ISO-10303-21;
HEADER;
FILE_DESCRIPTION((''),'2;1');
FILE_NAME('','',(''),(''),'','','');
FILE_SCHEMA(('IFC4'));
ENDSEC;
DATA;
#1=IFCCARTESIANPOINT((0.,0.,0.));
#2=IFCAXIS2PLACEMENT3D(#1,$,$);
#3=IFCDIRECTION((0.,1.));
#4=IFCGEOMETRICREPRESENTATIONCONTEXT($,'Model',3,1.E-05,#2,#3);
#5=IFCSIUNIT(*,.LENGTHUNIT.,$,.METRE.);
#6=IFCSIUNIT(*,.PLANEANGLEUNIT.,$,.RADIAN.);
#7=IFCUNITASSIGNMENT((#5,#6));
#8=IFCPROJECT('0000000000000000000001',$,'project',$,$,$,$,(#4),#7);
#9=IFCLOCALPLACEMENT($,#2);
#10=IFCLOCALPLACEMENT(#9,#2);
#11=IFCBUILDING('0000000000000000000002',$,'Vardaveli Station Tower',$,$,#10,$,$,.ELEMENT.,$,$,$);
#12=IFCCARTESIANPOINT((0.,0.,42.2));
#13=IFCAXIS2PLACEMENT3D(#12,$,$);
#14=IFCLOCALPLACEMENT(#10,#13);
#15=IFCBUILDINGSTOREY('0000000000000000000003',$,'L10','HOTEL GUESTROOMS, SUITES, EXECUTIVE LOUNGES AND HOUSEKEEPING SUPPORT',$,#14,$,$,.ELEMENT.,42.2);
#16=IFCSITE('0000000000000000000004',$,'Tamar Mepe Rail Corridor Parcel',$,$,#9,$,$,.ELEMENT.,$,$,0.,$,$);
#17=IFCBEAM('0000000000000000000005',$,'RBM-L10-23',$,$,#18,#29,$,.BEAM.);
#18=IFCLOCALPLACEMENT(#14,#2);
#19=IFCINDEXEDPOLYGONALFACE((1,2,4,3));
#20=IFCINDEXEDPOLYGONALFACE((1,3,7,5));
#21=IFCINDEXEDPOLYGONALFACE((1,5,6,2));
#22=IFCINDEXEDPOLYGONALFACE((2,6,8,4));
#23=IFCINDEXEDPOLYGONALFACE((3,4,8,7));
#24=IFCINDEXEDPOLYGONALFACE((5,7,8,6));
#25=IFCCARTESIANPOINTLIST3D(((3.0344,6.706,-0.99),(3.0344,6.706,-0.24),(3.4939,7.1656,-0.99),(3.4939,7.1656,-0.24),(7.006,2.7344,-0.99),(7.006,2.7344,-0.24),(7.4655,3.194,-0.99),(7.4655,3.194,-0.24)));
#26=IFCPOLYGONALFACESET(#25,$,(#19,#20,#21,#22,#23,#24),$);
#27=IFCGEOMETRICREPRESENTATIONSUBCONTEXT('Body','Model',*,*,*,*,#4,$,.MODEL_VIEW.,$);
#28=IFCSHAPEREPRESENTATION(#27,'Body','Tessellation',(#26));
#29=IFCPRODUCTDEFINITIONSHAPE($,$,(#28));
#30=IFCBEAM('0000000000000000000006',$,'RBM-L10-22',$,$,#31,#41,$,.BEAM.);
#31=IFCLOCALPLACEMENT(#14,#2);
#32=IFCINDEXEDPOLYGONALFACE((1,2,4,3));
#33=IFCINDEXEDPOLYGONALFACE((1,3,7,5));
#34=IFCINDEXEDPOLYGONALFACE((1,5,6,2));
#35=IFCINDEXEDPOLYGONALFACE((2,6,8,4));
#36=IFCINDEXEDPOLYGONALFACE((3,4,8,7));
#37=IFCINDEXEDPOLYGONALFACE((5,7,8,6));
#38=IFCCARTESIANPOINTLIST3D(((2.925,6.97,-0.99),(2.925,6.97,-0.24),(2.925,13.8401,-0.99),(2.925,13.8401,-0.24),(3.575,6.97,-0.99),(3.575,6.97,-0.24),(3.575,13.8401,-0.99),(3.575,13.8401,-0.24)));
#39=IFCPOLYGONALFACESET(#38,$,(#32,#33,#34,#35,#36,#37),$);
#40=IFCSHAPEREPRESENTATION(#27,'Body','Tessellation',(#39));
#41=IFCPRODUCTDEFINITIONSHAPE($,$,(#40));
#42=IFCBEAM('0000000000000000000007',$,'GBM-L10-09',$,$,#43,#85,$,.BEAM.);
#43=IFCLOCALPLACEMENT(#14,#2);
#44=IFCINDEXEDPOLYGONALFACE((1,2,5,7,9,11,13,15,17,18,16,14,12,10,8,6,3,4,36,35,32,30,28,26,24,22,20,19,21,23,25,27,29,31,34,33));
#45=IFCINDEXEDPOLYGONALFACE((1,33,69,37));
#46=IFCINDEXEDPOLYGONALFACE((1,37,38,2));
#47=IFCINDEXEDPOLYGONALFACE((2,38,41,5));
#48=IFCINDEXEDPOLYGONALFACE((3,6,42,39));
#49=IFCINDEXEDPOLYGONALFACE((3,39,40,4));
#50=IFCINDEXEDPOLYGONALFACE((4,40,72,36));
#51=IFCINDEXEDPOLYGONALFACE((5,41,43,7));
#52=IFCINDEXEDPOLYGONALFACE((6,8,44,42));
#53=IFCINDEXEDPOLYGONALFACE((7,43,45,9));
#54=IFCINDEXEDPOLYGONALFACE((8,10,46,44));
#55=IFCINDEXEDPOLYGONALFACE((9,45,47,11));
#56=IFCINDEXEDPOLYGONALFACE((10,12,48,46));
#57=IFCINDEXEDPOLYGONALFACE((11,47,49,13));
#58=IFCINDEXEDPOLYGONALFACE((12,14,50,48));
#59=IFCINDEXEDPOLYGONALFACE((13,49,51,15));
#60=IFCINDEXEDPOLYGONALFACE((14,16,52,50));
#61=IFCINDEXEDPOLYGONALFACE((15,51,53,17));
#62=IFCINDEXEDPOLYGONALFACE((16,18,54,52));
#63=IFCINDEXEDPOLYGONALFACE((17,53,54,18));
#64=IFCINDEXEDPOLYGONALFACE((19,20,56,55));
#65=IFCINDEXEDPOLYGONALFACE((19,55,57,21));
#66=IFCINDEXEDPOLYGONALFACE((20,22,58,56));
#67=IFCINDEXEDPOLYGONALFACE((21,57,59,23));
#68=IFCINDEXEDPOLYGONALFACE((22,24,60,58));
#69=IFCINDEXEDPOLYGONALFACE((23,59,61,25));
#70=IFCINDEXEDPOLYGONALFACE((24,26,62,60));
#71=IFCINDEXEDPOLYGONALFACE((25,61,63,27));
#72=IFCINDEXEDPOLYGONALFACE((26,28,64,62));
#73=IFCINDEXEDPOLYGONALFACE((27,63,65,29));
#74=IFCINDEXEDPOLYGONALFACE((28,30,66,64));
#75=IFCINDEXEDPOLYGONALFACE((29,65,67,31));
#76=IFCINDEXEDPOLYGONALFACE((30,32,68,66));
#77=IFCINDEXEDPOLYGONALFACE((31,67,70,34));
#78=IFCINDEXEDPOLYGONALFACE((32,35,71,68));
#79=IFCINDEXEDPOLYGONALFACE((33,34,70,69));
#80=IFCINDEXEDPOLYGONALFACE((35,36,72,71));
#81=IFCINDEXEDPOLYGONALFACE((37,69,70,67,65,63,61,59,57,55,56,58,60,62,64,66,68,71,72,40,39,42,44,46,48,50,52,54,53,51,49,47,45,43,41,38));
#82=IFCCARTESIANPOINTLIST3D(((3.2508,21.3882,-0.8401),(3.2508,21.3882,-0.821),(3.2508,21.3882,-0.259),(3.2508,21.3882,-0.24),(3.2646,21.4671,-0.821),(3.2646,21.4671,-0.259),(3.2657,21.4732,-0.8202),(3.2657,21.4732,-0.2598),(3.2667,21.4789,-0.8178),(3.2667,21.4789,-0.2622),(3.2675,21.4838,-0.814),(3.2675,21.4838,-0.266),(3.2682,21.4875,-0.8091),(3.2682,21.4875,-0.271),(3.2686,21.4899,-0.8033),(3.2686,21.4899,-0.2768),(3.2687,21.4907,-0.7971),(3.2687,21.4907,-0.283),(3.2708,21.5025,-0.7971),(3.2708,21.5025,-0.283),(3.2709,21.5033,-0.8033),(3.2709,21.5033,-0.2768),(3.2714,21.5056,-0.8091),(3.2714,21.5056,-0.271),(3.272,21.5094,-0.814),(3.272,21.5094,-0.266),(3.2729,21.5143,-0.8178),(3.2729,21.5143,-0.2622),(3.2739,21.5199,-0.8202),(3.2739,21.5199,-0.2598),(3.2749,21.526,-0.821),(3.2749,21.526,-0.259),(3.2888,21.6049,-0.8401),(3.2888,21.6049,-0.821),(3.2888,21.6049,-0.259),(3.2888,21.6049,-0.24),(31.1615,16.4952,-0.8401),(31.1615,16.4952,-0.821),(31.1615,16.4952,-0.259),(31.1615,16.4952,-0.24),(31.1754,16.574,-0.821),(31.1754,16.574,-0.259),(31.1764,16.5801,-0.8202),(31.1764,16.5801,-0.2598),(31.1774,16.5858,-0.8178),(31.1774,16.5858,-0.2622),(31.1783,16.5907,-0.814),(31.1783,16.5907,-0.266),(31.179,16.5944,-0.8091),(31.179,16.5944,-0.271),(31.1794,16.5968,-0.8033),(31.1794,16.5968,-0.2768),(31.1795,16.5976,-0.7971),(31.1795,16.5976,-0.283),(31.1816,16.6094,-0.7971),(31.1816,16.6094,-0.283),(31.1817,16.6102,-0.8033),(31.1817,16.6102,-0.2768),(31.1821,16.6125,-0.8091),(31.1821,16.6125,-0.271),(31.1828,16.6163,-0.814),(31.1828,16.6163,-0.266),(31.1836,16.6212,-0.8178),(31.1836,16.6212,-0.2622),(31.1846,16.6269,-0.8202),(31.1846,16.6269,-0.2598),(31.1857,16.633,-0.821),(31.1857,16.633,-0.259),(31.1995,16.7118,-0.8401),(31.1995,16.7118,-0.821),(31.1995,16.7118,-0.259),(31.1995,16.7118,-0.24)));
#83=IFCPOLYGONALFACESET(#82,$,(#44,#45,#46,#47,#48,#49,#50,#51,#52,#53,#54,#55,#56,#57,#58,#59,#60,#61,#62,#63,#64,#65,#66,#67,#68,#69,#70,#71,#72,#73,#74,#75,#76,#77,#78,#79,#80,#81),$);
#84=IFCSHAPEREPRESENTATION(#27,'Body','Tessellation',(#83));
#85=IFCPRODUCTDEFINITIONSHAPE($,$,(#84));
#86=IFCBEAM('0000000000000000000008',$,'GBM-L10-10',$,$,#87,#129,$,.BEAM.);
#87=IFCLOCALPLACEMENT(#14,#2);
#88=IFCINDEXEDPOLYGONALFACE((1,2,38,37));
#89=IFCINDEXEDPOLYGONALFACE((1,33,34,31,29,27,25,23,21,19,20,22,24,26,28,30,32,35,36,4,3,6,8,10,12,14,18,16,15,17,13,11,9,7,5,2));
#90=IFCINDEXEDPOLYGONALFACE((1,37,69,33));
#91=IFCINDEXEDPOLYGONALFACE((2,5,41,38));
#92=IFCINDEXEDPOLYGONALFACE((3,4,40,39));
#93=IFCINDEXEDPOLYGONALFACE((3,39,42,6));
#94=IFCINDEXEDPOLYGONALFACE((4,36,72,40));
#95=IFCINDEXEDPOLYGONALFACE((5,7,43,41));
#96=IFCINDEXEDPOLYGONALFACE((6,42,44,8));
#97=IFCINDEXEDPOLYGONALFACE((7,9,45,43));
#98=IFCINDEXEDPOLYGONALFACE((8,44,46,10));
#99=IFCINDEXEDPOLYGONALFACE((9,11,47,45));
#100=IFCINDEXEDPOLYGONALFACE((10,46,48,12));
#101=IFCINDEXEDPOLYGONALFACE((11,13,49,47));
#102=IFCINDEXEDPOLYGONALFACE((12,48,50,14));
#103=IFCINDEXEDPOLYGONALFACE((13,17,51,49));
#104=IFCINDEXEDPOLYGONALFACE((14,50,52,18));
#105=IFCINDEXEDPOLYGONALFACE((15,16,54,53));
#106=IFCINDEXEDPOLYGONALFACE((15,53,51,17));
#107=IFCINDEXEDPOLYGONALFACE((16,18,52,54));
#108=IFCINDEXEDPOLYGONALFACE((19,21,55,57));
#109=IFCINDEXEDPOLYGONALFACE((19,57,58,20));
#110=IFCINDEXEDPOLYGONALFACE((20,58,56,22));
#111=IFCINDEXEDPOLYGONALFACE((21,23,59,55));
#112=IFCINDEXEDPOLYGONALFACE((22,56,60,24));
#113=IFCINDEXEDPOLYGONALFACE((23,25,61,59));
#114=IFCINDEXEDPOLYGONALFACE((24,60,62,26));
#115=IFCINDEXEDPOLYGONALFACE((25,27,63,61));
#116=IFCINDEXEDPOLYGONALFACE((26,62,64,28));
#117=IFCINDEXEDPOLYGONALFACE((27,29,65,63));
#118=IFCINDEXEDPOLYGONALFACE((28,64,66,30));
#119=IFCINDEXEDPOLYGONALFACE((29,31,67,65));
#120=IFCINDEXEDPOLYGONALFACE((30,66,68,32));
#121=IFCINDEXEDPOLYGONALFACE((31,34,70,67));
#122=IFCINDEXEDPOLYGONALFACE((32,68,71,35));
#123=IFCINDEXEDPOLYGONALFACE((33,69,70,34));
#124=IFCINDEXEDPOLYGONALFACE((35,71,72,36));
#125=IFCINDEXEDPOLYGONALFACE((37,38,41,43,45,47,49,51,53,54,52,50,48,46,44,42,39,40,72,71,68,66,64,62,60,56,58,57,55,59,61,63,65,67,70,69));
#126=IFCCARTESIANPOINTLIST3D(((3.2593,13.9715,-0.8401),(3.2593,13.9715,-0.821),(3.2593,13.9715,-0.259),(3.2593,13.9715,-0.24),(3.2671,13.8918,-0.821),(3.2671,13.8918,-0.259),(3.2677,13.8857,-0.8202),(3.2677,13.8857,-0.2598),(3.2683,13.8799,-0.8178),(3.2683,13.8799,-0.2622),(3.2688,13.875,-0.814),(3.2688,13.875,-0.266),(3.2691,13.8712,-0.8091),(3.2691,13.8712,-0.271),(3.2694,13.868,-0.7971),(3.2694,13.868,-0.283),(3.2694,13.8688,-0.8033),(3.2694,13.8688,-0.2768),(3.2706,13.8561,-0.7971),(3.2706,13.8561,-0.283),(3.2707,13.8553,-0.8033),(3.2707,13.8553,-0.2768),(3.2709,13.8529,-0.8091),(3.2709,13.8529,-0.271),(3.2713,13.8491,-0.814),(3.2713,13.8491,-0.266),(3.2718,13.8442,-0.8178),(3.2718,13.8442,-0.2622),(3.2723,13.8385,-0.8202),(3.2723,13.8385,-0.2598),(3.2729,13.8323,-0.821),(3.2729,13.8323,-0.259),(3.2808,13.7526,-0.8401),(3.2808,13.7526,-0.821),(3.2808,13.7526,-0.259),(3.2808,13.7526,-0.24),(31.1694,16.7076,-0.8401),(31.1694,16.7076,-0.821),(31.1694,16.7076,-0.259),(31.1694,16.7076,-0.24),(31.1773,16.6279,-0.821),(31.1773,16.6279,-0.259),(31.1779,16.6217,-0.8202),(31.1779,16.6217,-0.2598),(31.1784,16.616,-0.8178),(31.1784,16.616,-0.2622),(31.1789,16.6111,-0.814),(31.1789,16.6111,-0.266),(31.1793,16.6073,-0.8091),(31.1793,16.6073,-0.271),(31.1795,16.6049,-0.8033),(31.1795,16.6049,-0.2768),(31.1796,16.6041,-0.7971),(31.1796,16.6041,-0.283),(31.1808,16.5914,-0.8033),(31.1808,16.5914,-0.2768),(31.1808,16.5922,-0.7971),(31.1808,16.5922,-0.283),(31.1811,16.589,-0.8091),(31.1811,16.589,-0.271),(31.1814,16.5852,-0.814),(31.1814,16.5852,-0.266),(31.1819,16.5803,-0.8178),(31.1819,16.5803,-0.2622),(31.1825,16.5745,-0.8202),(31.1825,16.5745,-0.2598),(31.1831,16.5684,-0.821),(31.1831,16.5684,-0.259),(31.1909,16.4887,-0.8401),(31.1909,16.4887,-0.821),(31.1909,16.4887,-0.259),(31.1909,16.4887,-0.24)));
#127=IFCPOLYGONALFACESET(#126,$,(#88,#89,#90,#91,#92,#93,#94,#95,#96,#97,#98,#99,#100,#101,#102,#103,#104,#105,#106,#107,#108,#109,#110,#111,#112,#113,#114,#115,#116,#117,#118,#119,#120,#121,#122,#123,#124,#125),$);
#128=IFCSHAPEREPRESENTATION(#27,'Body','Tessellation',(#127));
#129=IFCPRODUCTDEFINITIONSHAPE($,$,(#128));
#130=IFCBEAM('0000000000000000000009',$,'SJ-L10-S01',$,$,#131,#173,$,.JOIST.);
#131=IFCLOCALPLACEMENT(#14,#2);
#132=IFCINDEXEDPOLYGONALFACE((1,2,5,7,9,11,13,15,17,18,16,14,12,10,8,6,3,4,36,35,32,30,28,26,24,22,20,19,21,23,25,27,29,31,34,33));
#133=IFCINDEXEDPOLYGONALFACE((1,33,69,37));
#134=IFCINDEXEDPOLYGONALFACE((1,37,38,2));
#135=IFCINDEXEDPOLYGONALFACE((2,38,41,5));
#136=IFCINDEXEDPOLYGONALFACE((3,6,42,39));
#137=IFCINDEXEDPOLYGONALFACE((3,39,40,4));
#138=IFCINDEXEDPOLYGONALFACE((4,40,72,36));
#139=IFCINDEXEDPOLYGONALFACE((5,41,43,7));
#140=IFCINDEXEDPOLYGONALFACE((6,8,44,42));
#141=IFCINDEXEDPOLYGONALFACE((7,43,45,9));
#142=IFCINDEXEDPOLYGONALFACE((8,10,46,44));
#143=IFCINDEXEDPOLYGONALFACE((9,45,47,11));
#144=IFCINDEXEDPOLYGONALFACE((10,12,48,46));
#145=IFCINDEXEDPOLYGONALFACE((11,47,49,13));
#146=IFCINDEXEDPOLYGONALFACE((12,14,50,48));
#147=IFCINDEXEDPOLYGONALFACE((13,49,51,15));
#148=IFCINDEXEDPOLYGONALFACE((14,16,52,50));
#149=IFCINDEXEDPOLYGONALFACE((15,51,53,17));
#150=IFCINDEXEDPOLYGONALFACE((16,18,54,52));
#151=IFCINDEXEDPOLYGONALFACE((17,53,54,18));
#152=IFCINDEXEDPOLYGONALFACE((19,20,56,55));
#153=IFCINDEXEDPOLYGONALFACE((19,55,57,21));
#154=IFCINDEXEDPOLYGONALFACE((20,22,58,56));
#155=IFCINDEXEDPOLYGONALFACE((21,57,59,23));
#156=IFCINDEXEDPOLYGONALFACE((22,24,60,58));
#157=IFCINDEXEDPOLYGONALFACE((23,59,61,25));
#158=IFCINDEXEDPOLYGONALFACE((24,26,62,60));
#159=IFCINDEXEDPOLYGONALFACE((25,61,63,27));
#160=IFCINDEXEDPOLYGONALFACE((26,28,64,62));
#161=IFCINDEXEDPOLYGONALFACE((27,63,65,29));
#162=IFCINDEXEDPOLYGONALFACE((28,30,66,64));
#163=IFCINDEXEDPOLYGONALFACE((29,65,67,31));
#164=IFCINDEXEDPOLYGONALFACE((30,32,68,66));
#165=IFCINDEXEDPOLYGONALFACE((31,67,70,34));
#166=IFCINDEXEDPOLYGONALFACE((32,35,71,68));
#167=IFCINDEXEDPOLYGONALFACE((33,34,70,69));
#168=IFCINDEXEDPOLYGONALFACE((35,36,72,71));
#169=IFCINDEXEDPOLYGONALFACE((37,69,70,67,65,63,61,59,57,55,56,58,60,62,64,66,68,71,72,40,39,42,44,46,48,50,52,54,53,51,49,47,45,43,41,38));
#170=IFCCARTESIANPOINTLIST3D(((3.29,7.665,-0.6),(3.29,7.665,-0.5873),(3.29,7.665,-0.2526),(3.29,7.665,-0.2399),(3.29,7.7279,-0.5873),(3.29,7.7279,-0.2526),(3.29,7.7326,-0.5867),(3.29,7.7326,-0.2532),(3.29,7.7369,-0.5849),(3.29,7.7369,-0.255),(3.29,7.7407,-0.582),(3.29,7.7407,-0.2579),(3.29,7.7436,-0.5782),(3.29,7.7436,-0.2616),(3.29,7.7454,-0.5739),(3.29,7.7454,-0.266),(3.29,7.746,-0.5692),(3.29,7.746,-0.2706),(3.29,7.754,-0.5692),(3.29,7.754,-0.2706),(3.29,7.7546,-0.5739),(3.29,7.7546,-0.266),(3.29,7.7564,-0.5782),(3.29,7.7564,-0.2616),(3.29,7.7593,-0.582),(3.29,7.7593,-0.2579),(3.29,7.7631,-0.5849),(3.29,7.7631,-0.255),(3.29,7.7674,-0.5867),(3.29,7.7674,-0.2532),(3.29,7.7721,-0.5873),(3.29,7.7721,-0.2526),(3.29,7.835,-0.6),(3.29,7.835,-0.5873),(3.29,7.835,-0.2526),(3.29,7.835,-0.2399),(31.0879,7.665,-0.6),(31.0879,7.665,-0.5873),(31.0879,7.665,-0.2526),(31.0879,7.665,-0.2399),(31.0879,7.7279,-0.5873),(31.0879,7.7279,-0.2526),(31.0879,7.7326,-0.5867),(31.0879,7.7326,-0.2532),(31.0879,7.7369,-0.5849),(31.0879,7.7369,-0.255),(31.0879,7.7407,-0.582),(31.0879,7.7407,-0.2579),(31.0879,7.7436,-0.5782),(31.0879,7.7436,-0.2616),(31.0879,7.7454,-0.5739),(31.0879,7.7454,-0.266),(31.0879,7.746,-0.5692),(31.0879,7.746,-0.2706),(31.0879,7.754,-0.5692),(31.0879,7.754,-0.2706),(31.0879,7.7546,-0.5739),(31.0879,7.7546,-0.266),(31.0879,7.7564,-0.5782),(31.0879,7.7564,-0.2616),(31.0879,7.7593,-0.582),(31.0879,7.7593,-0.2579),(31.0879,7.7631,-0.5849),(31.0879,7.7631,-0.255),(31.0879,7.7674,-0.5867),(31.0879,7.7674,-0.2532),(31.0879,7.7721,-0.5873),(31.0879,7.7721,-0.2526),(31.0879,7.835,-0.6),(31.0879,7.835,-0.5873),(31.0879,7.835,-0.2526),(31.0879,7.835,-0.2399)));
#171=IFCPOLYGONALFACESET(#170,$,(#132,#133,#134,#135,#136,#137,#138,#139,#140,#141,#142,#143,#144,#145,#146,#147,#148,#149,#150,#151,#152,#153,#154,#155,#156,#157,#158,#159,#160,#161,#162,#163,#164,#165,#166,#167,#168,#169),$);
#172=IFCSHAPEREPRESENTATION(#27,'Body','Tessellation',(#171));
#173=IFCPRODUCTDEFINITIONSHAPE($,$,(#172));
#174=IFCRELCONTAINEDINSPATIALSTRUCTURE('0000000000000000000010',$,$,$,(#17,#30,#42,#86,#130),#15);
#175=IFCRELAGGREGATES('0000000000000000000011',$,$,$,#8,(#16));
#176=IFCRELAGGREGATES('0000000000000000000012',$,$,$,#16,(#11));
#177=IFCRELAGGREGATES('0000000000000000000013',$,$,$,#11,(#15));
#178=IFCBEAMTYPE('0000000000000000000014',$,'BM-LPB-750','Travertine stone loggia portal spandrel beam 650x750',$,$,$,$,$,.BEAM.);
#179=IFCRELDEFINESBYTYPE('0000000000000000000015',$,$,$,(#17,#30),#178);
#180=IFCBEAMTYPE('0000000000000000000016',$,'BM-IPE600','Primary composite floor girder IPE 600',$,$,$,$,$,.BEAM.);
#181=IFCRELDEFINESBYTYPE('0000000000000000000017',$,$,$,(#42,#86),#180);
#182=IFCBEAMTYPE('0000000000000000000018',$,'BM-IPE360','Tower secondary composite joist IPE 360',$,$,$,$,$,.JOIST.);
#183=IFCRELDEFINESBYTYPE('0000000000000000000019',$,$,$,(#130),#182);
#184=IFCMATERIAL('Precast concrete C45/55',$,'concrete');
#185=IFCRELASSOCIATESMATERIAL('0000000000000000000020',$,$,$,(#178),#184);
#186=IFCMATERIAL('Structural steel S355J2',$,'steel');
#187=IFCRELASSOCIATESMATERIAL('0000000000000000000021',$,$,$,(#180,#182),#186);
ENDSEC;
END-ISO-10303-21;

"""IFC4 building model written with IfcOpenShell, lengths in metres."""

from ifc_helpers import new_model, si_unit, direction, frame, origin, origin_2d, place, context, subcontext, project, spatial, rectangle, i_section, extrude, source, transform, mapped, material, material_profile, profile_set, type_object, element, save


model = new_model("IFC4")

# Units and contexts
model_context = context("Model", 3, precision=1e-05, world=origin(), true_north=direction((0.0, 1.0)))
body_context = subcontext(model_context, "Body", "Model", "MODEL_VIEW")
ifc_project = project(units=[si_unit("LENGTHUNIT", "METRE"), si_unit("PLANEANGLEUNIT", "RADIAN")], contexts=[model_context])

# Site, building, storey
site_placement = place(None, origin())
site = spatial("IfcSite", under=ifc_project, at=site_placement, Name="Tamar Mepe Rail Corridor Parcel", CompositionType="ELEMENT", RefElevation=0.0)
building_placement = place(site_placement, origin())
building = spatial("IfcBuilding", under=site, at=building_placement, Name="Vardaveli Station Tower", CompositionType="ELEMENT")
storey_placement = place(building_placement, frame((0.0, 0.0, 42.2)))
storey = spatial("IfcBuildingStorey", under=building, at=storey_placement, Name="L10", Description="HOTEL GUESTROOMS, SUITES, EXECUTIVE LOUNGES AND HOUSEKEEPING SUPPORT", CompositionType="ELEMENT", Elevation=42.2)

# Beams
ifc_material_1 = material(Name="Precast concrete C45/55", Category="concrete")
ifc_material_profile_1 = material_profile(ifc_material_1, rectangle(XDim=0.6499, YDim=0.75, at=origin_2d()), Name="LPB 650x750")
ifc_profile_set_1 = profile_set([ifc_material_profile_1], Name="Precast concrete C45/55")
beam_type_1 = type_object("IfcBeamType", Name="BM-LPB-750", Description="Travertine stone loggia portal spandrel beam 650x750", PredefinedType="BEAM", material=ifc_profile_set_1)
shared_shape_1 = source(origin(), body_context, "Body", "SweptSolid", [
    extrude(rectangle(XDim=0.6499, YDim=0.75, at=origin_2d()), origin(), (0.0, 0.0, 1.0), 5.6167),
])
beam_1_placement = place(storey_placement, frame((3.2642, 6.9358, -0.615), z_axis=(0.707107, -0.707107, 0.0), x_axis=(0.707107, 0.707107, 0.0)))
element("IfcBeam", 1, at=beam_1_placement, inside=storey, type_object=beam_type_1, Name="RBM-L10-23", PredefinedType="BEAM", context=body_context, shape_type="MappedRepresentation", body=[
    mapped(shared_shape_1, transform((0.0, 0.0, 0.0), scale=1.0)),
])
shared_shape_2 = source(origin(), body_context, "Body", "SweptSolid", [
    extrude(rectangle(XDim=0.6499, YDim=0.75, at=origin_2d()), origin(), (0.0, 0.0, 1.0), 6.8701),
])
beam_2_placement = place(storey_placement, frame((3.25, 13.8401, -0.615), z_axis=(0.0, -1.0, 0.0), x_axis=(1.0, 0.0, 0.0)))
element("IfcBeam", 2, at=beam_2_placement, inside=storey, type_object=beam_type_1, Name="RBM-L10-22", PredefinedType="BEAM", context=body_context, shape_type="MappedRepresentation", body=[
    mapped(shared_shape_2, transform((0.0, 0.0, 0.0), scale=1.0)),
])
ifc_material_2 = material(Name="Structural steel S355J2", Category="steel")
ifc_material_profile_2 = material_profile(ifc_material_2, i_section(OverallWidth=0.22, OverallDepth=0.6001, WebThickness=0.012, FlangeThickness=0.019, FilletRadius=0.0239, at=origin_2d()), Name="IPE 600")
ifc_profile_set_2 = profile_set([ifc_material_profile_2], Name="Structural steel S355J2")
beam_type_2 = type_object("IfcBeamType", Name="BM-IPE600", Description="Primary composite floor girder IPE 600", PredefinedType="BEAM", material=ifc_profile_set_2)
shared_shape_3 = source(origin(), body_context, "Body", "SweptSolid", [
    extrude(i_section(OverallWidth=0.22, OverallDepth=0.6001, WebThickness=0.012, FlangeThickness=0.019, FilletRadius=0.0239, at=origin_2d()), origin(), (0.0, 0.0, 1.0), 28.3364),
])
beam_3_placement = place(storey_placement, frame((3.2698, 21.4966, -0.54), z_axis=(0.984978, -0.172678, 0.0), x_axis=(0.172678, 0.984978, 0.0)))
element("IfcBeam", 3, at=beam_3_placement, inside=storey, type_object=beam_type_2, Name="GBM-L10-09", PredefinedType="BEAM", context=body_context, shape_type="MappedRepresentation", body=[
    mapped(shared_shape_3, transform((0.0, 0.0, 0.0), scale=1.0)),
])
shared_shape_4 = source(origin(), body_context, "Body", "SweptSolid", [
    extrude(i_section(OverallWidth=0.22, OverallDepth=0.6001, WebThickness=0.012, FlangeThickness=0.019, FilletRadius=0.0239, at=origin_2d()), origin(), (0.0, 0.0, 1.0), 28.0439),
])
beam_4_placement = place(storey_placement, frame((3.27, 13.8621, -0.54), z_axis=(0.995229, 0.097564, 0.0), x_axis=(-0.097564, 0.995229, 0.0)))
element("IfcBeam", 4, at=beam_4_placement, inside=storey, type_object=beam_type_2, Name="GBM-L10-10", PredefinedType="BEAM", context=body_context, shape_type="MappedRepresentation", body=[
    mapped(shared_shape_4, transform((0.0, 0.0, 0.0), scale=1.0)),
])
ifc_material_profile_3 = material_profile(ifc_material_2, i_section(OverallWidth=0.1699, OverallDepth=0.3601, WebThickness=0.0081, FlangeThickness=0.0127, FilletRadius=0.0181, at=origin_2d()), Name="IPE 360")
ifc_profile_set_3 = profile_set([ifc_material_profile_3], Name="Structural steel S355J2")
beam_type_3 = type_object("IfcBeamType", Name="BM-IPE360", Description="Tower secondary composite joist IPE 360", PredefinedType="JOIST", material=ifc_profile_set_3)
shared_shape_5 = source(origin(), body_context, "Body", "SweptSolid", [
    extrude(i_section(OverallWidth=0.1699, OverallDepth=0.3601, WebThickness=0.0081, FlangeThickness=0.0127, FilletRadius=0.0181, at=origin_2d()), origin(), (0.0, 0.0, 1.0), 27.7979),
])
for number, where, z_axis, x_axis, name in (
    (5, (3.29, 7.75, -0.4199), (1.0, 0.0, 0.0), (0.0, 1.0, 0.0), "SJ-L10-S01"),
):
    element("IfcBeam", number, at=place(storey_placement, frame(where, z_axis=z_axis, x_axis=x_axis)), inside=storey, type_object=beam_type_3, Name=name, PredefinedType="JOIST", context=body_context, shape_type="MappedRepresentation", body=[
        mapped(shared_shape_5, transform((0.0, 0.0, 0.0), scale=1.0)),
    ])

save(model, "model.ifc")
